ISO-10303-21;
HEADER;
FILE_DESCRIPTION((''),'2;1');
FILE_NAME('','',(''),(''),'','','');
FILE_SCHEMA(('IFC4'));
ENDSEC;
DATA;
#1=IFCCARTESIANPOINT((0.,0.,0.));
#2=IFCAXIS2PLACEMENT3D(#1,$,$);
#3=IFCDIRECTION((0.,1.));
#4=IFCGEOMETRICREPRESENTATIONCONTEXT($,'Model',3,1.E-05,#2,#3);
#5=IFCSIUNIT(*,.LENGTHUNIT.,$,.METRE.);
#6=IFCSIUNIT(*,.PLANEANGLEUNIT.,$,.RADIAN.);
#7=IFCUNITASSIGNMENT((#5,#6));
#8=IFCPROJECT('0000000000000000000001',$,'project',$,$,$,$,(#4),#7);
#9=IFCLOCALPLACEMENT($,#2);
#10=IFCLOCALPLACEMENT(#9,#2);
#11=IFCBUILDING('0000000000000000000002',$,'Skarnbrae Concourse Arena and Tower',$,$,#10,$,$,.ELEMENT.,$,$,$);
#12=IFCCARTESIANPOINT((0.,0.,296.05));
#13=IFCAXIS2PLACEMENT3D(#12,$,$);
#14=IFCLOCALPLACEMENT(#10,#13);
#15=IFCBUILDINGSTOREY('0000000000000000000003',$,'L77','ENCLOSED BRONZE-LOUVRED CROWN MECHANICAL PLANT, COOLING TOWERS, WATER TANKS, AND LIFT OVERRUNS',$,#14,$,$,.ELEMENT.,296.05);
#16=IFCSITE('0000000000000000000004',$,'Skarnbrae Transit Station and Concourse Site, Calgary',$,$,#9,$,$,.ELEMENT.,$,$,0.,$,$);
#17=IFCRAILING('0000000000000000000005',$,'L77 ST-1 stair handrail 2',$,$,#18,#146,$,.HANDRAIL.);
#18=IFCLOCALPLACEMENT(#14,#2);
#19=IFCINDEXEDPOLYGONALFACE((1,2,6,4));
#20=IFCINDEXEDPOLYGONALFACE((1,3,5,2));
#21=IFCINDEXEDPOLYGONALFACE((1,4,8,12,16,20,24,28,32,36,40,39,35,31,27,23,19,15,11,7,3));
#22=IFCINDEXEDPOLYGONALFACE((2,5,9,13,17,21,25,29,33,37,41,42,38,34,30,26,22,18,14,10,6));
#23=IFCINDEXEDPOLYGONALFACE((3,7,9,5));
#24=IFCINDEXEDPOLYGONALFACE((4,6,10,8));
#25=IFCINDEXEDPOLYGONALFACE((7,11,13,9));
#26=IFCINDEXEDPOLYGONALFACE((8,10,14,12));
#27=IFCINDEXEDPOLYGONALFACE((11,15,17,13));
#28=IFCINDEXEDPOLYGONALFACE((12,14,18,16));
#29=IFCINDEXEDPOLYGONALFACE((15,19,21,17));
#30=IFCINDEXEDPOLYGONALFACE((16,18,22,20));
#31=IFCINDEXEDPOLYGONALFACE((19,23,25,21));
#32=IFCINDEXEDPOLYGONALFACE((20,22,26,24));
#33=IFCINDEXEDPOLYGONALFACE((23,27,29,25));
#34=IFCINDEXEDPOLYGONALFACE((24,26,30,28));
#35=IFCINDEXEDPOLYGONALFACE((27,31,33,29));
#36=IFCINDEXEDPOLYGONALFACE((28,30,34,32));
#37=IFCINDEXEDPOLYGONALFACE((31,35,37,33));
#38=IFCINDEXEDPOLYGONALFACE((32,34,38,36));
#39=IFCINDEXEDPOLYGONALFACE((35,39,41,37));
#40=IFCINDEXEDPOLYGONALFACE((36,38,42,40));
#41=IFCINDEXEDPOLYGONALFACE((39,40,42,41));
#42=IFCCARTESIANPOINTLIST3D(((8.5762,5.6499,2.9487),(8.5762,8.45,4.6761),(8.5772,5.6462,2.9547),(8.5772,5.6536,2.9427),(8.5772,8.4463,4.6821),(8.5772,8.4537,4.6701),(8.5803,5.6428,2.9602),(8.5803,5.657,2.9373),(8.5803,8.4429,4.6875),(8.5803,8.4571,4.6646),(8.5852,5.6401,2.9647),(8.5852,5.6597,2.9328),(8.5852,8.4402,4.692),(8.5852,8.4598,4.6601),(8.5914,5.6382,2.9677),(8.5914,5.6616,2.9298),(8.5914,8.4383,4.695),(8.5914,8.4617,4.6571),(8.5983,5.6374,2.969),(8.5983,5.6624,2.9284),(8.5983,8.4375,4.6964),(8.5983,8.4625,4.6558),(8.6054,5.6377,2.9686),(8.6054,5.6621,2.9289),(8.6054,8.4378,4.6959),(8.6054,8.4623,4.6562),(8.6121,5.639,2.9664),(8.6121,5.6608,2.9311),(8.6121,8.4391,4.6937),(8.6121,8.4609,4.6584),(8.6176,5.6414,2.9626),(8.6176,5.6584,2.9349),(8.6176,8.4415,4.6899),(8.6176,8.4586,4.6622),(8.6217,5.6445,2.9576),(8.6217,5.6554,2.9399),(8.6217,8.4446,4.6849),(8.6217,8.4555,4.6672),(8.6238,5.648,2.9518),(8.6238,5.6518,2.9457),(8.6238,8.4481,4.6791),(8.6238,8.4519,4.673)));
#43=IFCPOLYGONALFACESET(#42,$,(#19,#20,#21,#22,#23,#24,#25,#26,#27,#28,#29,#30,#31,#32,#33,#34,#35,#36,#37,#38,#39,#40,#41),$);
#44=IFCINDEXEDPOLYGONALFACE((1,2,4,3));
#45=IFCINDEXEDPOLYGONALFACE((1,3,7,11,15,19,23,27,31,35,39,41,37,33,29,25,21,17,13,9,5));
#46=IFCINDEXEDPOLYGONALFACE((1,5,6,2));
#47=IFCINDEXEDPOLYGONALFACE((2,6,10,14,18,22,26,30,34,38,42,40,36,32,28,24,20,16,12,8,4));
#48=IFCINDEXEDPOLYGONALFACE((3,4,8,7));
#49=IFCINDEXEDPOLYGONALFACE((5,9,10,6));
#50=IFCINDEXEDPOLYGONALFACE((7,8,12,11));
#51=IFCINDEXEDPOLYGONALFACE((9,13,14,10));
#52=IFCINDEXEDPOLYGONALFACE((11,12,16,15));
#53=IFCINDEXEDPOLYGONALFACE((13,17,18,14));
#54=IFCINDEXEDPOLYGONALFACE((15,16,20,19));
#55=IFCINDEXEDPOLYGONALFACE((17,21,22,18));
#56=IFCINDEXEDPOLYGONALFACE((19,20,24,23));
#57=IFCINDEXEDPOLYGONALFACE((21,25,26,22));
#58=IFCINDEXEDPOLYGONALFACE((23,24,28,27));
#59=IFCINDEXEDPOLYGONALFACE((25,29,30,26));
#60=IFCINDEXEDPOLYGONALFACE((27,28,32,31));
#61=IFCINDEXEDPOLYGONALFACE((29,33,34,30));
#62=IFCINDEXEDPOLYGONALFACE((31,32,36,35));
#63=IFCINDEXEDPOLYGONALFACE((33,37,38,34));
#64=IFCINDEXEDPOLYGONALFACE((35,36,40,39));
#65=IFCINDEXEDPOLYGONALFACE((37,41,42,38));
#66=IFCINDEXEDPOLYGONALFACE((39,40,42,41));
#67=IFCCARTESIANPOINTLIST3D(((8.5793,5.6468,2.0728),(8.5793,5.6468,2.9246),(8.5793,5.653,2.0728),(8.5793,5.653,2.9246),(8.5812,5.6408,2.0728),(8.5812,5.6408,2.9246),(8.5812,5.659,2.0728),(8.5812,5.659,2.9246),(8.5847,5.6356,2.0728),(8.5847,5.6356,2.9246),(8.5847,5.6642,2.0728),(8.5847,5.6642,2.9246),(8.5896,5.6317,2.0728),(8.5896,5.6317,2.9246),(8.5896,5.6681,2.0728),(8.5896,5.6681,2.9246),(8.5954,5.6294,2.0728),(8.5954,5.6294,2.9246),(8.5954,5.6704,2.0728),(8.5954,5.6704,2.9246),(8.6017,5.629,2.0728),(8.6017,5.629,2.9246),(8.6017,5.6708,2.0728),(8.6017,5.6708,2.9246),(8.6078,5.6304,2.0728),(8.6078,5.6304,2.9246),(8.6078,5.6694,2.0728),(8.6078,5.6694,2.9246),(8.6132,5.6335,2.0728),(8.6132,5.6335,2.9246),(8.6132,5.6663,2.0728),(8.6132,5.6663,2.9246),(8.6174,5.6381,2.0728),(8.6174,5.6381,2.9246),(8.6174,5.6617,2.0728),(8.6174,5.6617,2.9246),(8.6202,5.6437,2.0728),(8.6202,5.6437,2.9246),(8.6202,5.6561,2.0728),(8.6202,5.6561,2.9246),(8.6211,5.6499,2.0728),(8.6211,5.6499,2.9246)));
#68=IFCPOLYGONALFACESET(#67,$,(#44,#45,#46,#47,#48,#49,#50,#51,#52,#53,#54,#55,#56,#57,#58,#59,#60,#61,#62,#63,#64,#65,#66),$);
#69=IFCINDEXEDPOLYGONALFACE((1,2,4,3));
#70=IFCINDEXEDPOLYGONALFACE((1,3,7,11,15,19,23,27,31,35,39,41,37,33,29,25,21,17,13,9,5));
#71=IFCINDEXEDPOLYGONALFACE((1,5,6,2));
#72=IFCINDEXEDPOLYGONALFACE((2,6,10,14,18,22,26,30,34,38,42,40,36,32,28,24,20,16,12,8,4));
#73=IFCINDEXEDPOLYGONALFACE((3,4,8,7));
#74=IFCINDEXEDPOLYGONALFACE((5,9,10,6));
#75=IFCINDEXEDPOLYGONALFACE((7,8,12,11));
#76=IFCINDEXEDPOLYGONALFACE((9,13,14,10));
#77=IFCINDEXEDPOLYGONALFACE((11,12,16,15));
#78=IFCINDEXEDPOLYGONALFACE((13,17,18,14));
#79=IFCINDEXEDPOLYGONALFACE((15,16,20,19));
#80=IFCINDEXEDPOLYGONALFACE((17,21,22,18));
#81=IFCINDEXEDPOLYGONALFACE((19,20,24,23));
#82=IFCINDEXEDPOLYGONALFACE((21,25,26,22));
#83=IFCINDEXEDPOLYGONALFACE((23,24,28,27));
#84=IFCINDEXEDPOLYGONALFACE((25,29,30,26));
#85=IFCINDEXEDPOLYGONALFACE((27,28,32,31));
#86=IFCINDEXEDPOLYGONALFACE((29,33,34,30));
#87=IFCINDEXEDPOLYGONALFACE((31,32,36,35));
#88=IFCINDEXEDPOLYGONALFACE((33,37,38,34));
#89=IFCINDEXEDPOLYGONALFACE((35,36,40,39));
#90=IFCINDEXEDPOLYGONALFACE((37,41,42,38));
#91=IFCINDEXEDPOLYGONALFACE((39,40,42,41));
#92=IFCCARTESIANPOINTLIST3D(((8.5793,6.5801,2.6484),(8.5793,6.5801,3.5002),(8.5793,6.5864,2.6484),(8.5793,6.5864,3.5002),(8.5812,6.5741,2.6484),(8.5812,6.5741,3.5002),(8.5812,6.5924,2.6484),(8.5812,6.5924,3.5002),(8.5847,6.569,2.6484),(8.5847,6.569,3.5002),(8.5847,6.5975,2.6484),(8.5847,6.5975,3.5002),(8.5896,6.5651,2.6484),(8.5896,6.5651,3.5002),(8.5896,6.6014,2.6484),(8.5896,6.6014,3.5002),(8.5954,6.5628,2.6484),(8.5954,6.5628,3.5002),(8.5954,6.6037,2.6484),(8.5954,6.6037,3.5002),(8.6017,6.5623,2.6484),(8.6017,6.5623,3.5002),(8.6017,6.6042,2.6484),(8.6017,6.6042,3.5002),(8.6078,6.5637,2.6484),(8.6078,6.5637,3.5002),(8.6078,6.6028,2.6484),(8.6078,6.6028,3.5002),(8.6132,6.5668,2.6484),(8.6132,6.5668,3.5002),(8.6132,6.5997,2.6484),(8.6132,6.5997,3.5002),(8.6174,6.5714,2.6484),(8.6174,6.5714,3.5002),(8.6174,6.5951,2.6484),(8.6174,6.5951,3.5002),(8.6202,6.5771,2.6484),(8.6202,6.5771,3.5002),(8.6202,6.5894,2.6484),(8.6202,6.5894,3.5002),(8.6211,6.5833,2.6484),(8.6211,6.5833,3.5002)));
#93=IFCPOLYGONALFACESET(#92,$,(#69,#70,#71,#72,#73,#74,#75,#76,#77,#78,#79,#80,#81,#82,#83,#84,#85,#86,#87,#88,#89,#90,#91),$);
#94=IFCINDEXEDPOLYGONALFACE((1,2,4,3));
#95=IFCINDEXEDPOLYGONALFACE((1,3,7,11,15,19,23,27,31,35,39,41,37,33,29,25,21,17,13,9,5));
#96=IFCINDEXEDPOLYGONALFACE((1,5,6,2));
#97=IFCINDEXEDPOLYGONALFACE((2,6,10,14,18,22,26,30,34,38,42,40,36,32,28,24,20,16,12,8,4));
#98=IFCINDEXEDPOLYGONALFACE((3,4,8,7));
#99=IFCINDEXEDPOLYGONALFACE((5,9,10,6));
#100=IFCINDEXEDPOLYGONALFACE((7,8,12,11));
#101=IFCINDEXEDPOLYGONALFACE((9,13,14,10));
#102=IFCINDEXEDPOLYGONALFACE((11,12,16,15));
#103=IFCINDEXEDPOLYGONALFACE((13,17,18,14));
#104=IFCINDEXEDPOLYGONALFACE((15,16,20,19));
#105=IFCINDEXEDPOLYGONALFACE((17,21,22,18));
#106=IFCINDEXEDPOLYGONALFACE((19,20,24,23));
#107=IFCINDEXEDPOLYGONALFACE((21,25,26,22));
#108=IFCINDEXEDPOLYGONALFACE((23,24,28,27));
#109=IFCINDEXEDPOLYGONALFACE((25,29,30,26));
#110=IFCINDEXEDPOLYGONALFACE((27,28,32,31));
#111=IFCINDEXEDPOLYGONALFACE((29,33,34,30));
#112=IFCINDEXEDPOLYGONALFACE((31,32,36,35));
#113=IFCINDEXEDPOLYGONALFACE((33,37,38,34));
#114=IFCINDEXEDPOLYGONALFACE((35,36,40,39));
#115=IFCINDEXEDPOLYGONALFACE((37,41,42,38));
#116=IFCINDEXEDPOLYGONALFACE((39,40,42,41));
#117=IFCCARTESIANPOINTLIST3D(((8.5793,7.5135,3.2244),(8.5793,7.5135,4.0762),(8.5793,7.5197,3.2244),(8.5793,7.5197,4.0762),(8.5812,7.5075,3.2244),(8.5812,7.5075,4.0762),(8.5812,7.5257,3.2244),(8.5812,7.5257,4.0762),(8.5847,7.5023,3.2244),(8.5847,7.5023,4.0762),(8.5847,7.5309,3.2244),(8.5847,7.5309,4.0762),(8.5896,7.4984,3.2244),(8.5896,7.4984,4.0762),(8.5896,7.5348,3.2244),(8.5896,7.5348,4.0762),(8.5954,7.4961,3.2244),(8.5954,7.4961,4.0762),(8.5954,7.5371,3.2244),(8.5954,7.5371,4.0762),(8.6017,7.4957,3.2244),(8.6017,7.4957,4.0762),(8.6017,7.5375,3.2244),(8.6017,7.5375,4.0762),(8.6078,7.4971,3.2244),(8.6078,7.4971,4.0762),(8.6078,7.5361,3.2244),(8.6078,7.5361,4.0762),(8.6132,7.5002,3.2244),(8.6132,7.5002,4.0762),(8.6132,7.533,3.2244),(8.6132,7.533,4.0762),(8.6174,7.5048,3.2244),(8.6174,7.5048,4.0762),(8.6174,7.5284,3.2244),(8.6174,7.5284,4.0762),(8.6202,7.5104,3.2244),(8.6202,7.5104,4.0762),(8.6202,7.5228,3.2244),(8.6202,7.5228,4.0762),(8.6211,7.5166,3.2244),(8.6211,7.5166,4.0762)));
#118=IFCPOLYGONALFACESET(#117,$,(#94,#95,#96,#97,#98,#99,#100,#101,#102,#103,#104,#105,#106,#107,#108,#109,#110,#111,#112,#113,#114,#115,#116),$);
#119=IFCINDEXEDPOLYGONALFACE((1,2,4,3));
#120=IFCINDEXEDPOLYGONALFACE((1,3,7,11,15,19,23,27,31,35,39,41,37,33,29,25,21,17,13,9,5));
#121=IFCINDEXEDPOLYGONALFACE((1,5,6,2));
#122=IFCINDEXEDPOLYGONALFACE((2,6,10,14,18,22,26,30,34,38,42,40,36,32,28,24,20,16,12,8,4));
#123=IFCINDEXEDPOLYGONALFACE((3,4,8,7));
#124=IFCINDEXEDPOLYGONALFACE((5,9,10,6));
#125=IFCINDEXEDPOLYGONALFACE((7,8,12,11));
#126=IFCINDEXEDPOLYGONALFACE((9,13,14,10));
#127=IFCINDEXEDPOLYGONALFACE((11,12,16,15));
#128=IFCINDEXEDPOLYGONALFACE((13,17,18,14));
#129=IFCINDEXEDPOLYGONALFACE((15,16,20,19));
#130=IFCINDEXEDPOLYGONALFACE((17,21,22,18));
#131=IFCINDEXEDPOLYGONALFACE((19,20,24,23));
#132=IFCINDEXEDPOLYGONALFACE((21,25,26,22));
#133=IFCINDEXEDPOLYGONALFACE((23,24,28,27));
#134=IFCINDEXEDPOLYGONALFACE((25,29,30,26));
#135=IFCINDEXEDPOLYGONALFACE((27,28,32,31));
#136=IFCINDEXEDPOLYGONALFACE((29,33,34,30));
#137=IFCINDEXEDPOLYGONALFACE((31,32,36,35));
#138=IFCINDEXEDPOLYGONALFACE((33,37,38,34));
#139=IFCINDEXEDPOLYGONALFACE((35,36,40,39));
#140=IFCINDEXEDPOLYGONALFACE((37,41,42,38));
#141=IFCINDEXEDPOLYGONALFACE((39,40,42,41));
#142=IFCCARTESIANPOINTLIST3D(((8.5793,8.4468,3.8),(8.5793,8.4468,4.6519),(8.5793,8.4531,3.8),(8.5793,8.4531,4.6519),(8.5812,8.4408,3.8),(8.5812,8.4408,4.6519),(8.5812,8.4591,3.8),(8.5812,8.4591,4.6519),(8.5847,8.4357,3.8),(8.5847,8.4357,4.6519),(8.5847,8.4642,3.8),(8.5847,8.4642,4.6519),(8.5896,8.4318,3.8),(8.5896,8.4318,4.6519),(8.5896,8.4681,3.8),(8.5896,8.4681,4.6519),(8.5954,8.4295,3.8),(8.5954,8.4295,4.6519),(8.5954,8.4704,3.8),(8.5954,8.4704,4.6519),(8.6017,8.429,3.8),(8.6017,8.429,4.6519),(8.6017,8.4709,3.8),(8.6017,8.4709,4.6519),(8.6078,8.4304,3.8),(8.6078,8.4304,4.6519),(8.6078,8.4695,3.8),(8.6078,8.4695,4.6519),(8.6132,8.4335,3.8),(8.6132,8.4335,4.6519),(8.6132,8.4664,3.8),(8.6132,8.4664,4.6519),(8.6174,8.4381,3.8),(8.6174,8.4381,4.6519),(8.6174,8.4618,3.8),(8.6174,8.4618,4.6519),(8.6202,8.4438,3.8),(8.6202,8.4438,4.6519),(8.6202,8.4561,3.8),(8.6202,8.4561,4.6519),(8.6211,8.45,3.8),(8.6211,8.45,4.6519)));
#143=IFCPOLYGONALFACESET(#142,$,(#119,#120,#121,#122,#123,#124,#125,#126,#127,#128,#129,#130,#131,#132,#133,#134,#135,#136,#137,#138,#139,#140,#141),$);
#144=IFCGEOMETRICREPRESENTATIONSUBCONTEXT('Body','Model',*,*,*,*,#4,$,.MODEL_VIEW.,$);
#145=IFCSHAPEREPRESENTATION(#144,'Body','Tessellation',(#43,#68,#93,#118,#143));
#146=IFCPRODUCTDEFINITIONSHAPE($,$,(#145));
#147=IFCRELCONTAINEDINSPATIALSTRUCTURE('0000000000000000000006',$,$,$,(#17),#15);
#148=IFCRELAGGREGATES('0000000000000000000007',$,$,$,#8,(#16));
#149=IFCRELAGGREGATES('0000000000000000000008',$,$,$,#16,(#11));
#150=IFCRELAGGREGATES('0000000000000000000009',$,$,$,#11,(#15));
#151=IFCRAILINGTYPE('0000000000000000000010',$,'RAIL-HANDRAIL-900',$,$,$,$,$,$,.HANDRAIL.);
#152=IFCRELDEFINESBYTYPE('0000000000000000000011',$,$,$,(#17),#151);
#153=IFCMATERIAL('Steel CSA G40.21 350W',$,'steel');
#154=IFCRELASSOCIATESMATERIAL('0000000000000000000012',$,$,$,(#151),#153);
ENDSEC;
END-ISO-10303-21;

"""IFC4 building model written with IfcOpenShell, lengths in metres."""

from ifc_helpers import new_model, si_unit, direction, frame, origin, origin_2d, place, context, subcontext, project, spatial, circle, extrude, material, type_object, element, save


model = new_model("IFC4")

# Units and contexts
model_context = context("Model", 3, precision=1e-05, world=origin(), true_north=direction((0.0, 1.0)))
body_context = subcontext(model_context, "Body", "Model", "MODEL_VIEW")
ifc_project = project(units=[si_unit("LENGTHUNIT", "METRE"), si_unit("PLANEANGLEUNIT", "RADIAN")], contexts=[model_context])

# Site, building, storey
site_placement = place(None, origin())
site = spatial("IfcSite", under=ifc_project, at=site_placement, Name="Skarnbrae Transit Station and Concourse Site, Calgary", CompositionType="ELEMENT", RefElevation=0.0)
building_placement = place(site_placement, origin())
building = spatial("IfcBuilding", under=site, at=building_placement, Name="Skarnbrae Concourse Arena and Tower", CompositionType="ELEMENT")
storey_placement = place(building_placement, frame((0.0, 0.0, 296.05)))
storey = spatial("IfcBuildingStorey", under=building, at=storey_placement, Name="L77", Description="ENCLOSED BRONZE-LOUVRED CROWN MECHANICAL PLANT, COOLING TOWERS, WATER TANKS, AND LIFT OVERRUNS", CompositionType="ELEMENT", Elevation=296.05)

# Shared definitions
ifc_material_1 = material(Name="Steel CSA G40.21 350W", Category="steel")

# Railing
railing_type_1 = type_object("IfcRailingType", Name="RAIL-HANDRAIL-900", PredefinedType="HANDRAIL", material=ifc_material_1)
railing_1_placement = place(storey_placement, frame((8.6001, 5.6499, 2.0728)))
element("IfcRailing", 1, at=railing_1_placement, inside=storey, type_object=railing_type_1, Name="L77 ST-1 stair handrail 2", PredefinedType="HANDRAIL", context=body_context, shape_type="SweptSolid", body=[
    extrude(circle(Radius=0.0239, at=origin_2d()), frame((0.0, 0.0, 0.876), z_axis=(0.0, 0.85109, 0.52502), x_axis=(-1.0, 0.0, 0.0)), (0.0, 0.0, 1.0), 3.29),
    extrude(circle(Radius=0.021, at=origin_2d()), origin(), (0.0, 0.0, 1.0), 0.8518),
    extrude(circle(Radius=0.021, at=origin_2d()), frame((0.0, 0.9333, 0.5757)), (0.0, 0.0, 1.0), 0.8518),
    extrude(circle(Radius=0.021, at=origin_2d()), frame((0.0, 1.8667, 1.1516)), (0.0, 0.0, 1.0), 0.8518),
    extrude(circle(Radius=0.021, at=origin_2d()), frame((0.0, 2.8, 1.7273)), (0.0, 0.0, 1.0), 0.8518),
])

save(model, "model.ifc")
